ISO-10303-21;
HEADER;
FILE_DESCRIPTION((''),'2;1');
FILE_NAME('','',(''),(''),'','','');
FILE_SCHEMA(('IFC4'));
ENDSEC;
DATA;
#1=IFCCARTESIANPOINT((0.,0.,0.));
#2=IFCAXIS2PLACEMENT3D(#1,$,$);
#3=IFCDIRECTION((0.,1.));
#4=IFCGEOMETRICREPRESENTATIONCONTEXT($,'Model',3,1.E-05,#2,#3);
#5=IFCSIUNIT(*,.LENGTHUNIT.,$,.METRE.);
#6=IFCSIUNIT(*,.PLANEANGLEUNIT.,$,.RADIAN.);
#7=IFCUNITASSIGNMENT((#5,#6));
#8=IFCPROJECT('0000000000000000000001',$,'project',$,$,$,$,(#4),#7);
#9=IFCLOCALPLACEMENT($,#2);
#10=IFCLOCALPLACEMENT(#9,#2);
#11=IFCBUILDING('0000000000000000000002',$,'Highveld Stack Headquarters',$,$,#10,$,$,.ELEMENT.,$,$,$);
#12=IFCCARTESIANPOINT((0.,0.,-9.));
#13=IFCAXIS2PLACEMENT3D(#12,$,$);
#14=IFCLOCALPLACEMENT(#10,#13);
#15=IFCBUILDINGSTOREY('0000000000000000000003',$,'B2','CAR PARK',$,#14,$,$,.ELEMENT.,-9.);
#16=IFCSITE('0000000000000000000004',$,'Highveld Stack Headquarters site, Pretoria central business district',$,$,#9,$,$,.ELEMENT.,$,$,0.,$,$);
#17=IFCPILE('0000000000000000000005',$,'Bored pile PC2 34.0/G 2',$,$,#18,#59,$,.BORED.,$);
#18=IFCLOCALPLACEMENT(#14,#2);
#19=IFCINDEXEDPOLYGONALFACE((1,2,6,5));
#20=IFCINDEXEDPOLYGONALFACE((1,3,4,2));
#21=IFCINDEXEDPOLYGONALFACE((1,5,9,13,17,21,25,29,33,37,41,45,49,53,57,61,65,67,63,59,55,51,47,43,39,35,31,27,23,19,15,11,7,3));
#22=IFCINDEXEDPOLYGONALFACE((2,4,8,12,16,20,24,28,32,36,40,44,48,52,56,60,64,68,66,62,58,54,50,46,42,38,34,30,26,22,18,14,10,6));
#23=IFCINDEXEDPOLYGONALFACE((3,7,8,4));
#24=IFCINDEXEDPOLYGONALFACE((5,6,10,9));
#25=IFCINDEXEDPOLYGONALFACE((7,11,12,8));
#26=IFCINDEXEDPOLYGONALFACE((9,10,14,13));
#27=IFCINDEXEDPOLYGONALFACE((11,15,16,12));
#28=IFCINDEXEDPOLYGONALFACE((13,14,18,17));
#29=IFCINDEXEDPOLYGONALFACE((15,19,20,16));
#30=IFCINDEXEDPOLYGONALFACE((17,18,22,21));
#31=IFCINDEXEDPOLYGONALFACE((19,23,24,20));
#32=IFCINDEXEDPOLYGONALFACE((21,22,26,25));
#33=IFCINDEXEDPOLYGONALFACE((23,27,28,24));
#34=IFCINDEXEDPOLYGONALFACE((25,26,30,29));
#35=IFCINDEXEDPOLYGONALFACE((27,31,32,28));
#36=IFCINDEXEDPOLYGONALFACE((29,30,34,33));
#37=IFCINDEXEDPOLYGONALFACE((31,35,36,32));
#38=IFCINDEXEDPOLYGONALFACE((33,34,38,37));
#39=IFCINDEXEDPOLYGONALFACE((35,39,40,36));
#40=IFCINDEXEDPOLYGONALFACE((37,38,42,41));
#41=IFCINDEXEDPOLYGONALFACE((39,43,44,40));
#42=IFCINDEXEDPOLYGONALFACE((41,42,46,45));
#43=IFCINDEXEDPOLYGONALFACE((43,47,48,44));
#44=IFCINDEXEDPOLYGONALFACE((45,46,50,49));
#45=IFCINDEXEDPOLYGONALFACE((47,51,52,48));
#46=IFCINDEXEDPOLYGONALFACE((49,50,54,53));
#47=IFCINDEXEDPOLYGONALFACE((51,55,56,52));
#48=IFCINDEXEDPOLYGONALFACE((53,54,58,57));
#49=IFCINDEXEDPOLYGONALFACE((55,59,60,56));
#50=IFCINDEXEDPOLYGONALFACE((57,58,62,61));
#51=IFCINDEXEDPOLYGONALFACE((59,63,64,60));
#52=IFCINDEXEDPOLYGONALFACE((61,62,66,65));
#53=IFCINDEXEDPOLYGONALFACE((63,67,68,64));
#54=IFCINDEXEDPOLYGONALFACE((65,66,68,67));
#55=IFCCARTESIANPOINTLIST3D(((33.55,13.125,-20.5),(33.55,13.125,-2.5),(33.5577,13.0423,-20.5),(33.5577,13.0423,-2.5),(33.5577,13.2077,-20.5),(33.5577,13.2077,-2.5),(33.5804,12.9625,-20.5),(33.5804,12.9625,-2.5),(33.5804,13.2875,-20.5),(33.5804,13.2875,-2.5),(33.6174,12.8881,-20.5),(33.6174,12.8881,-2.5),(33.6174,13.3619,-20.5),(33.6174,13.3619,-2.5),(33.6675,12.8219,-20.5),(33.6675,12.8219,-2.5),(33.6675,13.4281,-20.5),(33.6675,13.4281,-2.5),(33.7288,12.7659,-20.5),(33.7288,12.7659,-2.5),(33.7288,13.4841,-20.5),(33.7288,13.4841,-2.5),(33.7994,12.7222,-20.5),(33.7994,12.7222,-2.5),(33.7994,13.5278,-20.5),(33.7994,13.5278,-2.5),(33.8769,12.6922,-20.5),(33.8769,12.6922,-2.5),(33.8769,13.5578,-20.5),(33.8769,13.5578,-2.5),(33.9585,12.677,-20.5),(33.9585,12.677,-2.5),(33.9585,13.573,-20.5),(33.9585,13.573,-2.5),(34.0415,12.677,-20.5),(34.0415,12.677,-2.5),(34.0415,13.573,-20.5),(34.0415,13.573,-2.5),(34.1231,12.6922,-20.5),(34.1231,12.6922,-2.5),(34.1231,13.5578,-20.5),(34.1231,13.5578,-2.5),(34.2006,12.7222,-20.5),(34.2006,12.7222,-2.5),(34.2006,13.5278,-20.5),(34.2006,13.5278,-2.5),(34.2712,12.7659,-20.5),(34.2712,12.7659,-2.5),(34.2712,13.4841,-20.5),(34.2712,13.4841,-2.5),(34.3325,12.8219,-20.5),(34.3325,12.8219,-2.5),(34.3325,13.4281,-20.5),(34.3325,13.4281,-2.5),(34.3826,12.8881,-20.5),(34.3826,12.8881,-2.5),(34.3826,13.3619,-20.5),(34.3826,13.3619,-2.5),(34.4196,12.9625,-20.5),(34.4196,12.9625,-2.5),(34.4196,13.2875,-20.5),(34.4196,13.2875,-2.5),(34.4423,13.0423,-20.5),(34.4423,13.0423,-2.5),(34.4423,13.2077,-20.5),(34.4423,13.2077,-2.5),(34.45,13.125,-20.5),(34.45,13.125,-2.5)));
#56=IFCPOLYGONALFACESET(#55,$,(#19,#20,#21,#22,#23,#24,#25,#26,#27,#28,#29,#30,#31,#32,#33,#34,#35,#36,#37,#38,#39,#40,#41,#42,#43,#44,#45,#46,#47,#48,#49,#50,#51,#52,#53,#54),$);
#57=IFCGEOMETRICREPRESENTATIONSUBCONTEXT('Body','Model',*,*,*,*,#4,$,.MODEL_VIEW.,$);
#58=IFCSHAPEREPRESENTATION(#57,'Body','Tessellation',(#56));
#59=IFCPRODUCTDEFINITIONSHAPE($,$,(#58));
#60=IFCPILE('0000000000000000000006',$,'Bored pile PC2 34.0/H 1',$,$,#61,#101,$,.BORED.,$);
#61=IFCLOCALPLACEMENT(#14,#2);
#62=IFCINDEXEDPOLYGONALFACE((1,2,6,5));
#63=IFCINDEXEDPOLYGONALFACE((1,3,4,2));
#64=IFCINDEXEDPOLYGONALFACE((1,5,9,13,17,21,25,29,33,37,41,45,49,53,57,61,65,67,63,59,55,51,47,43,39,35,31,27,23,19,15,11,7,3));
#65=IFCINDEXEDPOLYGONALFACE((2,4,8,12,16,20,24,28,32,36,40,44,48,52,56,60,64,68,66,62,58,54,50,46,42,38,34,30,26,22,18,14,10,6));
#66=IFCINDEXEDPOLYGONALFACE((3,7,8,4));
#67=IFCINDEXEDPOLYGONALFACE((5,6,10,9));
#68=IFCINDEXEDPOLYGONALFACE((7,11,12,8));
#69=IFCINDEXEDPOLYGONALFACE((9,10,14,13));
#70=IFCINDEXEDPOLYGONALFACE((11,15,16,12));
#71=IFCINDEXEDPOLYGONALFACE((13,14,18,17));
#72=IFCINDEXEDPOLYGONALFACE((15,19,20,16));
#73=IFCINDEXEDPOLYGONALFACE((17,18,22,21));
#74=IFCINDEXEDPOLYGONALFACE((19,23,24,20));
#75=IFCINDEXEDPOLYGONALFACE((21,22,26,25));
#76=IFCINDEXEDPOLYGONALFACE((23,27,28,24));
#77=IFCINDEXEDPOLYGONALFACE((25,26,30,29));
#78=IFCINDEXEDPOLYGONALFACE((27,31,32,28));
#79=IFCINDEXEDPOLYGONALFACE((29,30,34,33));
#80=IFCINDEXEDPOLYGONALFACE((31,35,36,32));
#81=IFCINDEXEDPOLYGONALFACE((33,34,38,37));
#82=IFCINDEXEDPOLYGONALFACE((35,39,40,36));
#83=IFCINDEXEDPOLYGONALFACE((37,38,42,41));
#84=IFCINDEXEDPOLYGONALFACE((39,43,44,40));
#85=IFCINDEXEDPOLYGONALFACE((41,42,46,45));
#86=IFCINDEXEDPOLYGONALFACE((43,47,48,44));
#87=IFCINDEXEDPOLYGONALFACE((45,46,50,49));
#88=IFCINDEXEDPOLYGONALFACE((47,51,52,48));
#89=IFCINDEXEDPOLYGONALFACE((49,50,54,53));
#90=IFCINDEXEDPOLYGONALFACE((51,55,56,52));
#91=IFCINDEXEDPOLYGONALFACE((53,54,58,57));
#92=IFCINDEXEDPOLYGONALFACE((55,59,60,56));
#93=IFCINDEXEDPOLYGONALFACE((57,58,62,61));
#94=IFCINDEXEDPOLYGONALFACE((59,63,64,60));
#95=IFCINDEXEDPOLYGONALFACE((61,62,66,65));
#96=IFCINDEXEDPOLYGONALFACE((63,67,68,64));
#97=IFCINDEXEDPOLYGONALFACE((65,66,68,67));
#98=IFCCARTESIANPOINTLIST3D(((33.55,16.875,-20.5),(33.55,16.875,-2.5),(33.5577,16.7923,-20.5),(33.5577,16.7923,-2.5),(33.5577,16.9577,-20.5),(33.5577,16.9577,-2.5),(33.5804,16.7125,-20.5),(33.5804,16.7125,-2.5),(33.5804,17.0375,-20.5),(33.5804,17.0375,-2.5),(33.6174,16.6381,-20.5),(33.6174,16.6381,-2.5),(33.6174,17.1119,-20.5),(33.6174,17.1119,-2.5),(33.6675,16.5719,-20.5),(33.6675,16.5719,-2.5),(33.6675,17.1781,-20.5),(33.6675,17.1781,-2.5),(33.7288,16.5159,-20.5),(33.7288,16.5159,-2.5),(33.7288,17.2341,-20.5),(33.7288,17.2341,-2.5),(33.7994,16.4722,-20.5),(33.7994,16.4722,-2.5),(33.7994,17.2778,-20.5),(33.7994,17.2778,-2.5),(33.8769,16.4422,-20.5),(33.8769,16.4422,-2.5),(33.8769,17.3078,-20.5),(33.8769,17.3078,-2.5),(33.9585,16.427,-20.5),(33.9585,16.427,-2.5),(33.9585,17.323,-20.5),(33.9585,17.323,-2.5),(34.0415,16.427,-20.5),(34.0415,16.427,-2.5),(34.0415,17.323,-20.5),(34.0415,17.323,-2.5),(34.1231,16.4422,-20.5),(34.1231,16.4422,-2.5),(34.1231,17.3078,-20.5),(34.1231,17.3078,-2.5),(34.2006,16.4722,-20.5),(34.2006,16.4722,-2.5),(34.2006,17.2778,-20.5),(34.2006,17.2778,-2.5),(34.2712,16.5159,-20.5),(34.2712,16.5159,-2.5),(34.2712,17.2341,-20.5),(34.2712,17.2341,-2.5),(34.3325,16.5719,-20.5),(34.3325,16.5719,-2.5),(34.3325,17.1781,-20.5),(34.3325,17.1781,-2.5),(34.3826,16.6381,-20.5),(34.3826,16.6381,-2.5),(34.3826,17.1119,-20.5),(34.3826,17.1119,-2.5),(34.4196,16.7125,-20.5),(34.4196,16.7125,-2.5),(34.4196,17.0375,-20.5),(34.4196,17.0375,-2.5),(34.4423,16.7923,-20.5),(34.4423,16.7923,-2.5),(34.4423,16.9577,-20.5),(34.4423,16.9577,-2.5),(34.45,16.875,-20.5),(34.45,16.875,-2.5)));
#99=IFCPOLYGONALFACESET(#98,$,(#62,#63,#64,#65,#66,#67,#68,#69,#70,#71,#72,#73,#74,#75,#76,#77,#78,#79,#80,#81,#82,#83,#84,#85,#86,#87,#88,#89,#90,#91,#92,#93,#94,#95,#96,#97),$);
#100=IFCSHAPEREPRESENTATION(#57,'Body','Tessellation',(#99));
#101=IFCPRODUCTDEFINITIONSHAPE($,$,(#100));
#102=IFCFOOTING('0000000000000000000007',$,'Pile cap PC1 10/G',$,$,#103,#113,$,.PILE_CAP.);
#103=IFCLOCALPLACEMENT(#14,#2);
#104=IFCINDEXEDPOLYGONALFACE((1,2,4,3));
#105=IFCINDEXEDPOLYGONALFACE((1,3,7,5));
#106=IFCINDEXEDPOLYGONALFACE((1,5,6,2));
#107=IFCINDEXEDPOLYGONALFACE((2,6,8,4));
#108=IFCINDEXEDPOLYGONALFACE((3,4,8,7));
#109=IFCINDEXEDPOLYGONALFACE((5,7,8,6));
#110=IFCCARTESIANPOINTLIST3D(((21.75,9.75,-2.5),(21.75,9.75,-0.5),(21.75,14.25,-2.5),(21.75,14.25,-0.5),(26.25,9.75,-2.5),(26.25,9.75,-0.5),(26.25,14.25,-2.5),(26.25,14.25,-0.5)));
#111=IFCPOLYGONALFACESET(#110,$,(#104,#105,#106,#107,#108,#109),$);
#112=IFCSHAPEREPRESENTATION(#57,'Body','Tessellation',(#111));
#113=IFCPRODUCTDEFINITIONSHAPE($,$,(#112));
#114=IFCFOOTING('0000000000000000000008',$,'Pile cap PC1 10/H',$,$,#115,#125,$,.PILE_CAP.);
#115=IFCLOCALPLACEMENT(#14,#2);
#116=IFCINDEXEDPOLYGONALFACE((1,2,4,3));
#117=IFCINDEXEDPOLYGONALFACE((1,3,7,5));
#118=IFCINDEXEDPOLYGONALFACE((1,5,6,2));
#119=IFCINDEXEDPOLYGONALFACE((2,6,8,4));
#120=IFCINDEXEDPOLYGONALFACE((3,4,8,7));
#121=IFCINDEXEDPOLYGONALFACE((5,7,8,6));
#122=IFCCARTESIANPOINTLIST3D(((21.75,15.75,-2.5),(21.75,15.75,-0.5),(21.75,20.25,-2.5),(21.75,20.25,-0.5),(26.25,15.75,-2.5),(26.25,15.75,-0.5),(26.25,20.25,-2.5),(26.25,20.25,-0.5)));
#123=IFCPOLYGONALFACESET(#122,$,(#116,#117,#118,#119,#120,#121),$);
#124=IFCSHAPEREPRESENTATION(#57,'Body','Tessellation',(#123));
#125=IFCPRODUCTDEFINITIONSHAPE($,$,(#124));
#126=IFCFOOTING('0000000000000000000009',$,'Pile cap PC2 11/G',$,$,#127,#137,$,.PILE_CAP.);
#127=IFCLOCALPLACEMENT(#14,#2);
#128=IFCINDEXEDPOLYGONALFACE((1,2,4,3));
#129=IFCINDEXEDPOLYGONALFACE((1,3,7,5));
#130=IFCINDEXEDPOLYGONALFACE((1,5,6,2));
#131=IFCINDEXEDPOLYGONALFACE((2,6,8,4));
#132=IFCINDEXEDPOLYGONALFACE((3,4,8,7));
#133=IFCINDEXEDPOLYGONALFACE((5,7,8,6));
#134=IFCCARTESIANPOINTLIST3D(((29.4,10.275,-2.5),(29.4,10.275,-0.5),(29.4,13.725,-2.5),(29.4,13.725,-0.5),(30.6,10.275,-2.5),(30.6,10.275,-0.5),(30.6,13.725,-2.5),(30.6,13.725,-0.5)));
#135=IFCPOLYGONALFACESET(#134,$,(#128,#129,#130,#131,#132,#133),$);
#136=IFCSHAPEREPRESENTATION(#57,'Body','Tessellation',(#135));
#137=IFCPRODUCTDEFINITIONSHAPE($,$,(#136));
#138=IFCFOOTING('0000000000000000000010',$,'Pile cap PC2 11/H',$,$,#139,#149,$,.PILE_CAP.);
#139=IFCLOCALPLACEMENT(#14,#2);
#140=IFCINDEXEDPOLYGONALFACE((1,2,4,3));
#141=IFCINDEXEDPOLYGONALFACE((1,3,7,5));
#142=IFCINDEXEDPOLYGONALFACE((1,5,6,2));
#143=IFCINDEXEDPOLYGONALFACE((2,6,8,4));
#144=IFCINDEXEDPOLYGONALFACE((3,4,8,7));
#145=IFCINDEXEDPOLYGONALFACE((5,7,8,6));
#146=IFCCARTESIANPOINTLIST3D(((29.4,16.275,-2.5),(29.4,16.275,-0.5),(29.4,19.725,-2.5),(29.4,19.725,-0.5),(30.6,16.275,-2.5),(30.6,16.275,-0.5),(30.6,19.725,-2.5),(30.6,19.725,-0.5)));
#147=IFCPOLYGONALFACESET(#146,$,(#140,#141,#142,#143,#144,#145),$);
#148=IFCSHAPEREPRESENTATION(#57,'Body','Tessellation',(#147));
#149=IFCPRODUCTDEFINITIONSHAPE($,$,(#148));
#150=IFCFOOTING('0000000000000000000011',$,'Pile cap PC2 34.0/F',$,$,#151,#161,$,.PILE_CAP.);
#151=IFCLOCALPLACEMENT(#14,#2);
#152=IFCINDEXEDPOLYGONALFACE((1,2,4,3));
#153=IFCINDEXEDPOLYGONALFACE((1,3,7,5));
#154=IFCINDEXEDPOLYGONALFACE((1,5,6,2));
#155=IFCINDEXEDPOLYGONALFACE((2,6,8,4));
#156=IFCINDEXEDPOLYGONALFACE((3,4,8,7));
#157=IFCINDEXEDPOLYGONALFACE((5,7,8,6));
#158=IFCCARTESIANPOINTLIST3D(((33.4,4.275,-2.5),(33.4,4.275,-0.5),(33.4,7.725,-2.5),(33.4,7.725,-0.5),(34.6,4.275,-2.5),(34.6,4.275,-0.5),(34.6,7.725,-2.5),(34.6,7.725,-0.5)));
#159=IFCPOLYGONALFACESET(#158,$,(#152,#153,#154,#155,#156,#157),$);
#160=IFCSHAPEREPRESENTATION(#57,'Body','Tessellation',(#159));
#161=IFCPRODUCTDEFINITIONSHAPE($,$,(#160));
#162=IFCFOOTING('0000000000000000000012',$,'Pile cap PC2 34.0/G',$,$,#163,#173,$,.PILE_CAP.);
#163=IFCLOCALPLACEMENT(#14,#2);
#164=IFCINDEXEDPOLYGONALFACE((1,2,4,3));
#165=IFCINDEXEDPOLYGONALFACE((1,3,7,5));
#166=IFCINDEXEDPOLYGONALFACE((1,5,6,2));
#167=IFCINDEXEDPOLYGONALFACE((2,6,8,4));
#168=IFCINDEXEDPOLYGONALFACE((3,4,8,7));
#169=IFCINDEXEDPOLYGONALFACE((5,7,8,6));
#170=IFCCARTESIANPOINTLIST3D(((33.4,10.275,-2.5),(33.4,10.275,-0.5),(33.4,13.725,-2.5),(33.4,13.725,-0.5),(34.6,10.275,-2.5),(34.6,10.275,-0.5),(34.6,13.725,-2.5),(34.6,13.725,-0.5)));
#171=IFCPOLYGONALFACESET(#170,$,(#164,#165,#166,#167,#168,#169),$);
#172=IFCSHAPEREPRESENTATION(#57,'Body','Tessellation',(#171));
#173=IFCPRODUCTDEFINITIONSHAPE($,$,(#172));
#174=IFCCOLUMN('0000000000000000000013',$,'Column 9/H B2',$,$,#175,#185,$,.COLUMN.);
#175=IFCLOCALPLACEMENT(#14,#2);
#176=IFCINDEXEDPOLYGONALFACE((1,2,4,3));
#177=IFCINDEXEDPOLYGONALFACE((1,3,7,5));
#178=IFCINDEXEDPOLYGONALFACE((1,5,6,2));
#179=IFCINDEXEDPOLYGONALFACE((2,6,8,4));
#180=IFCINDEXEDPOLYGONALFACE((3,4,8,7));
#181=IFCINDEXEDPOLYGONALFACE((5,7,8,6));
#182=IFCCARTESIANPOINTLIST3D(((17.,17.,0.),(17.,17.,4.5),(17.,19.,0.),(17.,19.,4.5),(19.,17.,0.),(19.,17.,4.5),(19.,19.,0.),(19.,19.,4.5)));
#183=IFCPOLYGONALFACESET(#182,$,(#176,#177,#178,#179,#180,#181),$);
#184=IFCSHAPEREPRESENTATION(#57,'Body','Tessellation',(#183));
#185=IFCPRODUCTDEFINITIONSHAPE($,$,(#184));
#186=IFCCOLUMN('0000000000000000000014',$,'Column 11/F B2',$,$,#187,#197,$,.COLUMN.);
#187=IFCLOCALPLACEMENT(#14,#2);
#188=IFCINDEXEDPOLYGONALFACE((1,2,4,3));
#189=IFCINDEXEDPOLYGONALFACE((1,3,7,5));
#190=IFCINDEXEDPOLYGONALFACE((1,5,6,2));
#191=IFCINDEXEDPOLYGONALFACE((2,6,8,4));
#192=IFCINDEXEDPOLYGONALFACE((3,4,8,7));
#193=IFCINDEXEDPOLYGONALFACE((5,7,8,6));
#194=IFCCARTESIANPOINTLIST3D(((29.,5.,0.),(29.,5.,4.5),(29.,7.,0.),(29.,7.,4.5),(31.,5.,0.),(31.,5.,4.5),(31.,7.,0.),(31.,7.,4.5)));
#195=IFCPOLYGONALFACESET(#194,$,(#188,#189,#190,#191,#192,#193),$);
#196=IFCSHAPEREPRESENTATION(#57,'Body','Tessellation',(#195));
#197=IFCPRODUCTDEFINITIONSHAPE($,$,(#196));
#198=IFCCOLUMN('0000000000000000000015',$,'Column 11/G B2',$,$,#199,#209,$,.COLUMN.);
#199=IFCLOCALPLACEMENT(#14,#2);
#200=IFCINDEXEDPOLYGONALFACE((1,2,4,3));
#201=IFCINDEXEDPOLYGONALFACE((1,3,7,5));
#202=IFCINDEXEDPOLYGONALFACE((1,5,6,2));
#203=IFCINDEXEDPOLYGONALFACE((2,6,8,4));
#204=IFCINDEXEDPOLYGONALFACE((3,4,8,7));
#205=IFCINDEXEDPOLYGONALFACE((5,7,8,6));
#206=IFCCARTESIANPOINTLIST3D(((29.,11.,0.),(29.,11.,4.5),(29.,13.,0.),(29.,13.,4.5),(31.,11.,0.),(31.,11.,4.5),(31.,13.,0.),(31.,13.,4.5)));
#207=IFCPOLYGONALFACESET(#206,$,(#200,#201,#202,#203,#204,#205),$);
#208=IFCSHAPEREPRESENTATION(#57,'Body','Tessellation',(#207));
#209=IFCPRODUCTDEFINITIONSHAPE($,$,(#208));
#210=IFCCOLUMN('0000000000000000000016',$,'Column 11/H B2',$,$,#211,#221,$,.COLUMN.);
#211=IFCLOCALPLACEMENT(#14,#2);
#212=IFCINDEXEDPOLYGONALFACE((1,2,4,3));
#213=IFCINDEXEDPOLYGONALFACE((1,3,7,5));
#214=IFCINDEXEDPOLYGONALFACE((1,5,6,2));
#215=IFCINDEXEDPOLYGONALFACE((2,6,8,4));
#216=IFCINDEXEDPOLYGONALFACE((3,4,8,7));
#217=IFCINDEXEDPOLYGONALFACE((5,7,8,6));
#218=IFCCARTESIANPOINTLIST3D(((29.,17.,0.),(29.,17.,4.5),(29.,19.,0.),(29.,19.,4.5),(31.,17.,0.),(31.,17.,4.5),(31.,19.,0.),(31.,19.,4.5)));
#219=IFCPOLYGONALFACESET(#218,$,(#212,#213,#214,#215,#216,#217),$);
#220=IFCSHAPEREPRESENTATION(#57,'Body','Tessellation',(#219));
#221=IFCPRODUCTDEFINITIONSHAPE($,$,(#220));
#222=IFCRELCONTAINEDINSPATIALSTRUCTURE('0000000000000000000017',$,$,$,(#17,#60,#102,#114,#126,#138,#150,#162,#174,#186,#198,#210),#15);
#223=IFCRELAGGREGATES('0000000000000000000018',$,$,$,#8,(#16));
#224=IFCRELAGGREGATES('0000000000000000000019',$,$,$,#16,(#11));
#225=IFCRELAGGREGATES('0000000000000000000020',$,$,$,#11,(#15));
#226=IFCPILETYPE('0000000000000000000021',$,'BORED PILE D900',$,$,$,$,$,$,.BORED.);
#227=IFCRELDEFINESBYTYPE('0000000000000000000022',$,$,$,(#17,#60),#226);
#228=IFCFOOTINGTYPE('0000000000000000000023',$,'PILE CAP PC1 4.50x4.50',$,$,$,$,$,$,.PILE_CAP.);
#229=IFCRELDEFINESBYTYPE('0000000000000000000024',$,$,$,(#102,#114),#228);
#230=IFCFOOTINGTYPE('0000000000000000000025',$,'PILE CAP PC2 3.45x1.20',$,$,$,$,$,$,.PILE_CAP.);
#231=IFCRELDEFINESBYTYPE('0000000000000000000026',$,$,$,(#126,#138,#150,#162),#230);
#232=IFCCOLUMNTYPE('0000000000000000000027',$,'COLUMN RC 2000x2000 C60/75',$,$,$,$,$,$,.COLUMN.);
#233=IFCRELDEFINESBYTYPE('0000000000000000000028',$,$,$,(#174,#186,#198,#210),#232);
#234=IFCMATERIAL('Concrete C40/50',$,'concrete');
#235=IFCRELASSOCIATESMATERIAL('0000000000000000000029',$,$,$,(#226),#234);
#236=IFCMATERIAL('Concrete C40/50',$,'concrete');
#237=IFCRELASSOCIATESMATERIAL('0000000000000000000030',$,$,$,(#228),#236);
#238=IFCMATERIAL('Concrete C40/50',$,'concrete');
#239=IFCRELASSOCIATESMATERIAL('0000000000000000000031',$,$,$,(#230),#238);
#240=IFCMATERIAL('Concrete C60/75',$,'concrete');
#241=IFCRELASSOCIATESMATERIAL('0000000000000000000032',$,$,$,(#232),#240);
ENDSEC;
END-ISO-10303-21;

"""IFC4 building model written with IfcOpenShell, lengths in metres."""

from ifc_helpers import new_model, si_unit, direction, frame, origin, origin_2d, place, context, subcontext, project, spatial, rectangle, circle, extrude, material, material_profile, profile_set, type_object, element, save


model = new_model("IFC4")

# Units and contexts
model_context = context("Model", 3, precision=1e-05, world=origin(), true_north=direction((0.0, 1.0)))
body_context = subcontext(model_context, "Body", "Model", "MODEL_VIEW")
ifc_project = project(units=[si_unit("LENGTHUNIT", "METRE"), si_unit("PLANEANGLEUNIT", "RADIAN")], contexts=[model_context])

# Site, building, storey
site_placement = place(None, origin())
site = spatial("IfcSite", under=ifc_project, at=site_placement, Name="Highveld Stack Headquarters site, Pretoria central business district", CompositionType="ELEMENT", RefElevation=0.0)
building_placement = place(site_placement, origin())
building = spatial("IfcBuilding", under=site, at=building_placement, Name="Highveld Stack Headquarters", CompositionType="ELEMENT")
storey_placement = place(building_placement, frame((0.0, 0.0, -9.0)))
storey = spatial("IfcBuildingStorey", under=building, at=storey_placement, Name="B2", Description="CAR PARK", CompositionType="ELEMENT", Elevation=-9.0)

# Piles
ifc_material_1 = material(Name="Concrete C40/50", Category="concrete")
pile_type_1 = type_object("IfcPileType", Name="BORED PILE D900", PredefinedType="BORED", material=ifc_material_1)
for number, where, z_axis, x_axis, name in (
    (1, (34.0, 13.125, -2.5), (0.0, 0.0, -1.0), (1.0, 0.0, 0.0), "Bored pile PC2 34.0/G 2"),
    (2, (34.0, 16.875, -2.5), (0.0, 0.0, -1.0), (1.0, 0.0, 0.0), "Bored pile PC2 34.0/H 1"),
):
    element("IfcPile", number, at=place(storey_placement, frame(where, z_axis=z_axis, x_axis=x_axis)), inside=storey, type_object=pile_type_1, Name=name, PredefinedType="BORED", context=body_context, shape_type="SweptSolid", body=[
        extrude(circle(Radius=0.45, at=origin_2d()), origin(), (0.0, 0.0, 1.0), 18.0),
    ])

# Footings
ifc_material_2 = material(Name="Concrete C40/50", Category="concrete")
footing_type_1 = type_object("IfcFootingType", Name="PILE CAP PC1 4.50x4.50", PredefinedType="PILE_CAP", material=ifc_material_2)
for number, where, z_axis, x_axis, name in (
    (3, (24.0, 12.0, -2.5), (0.0, 0.0, 1.0), (1.0, 0.0, 0.0), "Pile cap PC1 10/G"),
    (4, (24.0, 18.0, -2.5), (0.0, 0.0, 1.0), (1.0, 0.0, 0.0), "Pile cap PC1 10/H"),
):
    element("IfcFooting", number, at=place(storey_placement, frame(where, z_axis=z_axis, x_axis=x_axis)), inside=storey, type_object=footing_type_1, Name=name, PredefinedType="PILE_CAP", context=body_context, shape_type="SweptSolid", body=[
        extrude(rectangle(XDim=4.5, YDim=4.5, at=origin_2d()), origin(), (0.0, 0.0, 1.0), 2.0),
    ])
ifc_material_3 = material(Name="Concrete C40/50", Category="concrete")
footing_type_2 = type_object("IfcFootingType", Name="PILE CAP PC2 3.45x1.20", PredefinedType="PILE_CAP", material=ifc_material_3)
for number, where, z_axis, x_axis, name in (
    (5, (30.0, 12.0, -2.5), (0.0, 0.0, 1.0), (0.0, 1.0, 0.0), "Pile cap PC2 11/G"),
    (6, (30.0, 18.0, -2.5), (0.0, 0.0, 1.0), (0.0, 1.0, 0.0), "Pile cap PC2 11/H"),
    (7, (34.0, 6.0, -2.5), (0.0, 0.0, 1.0), (0.0, 1.0, 0.0), "Pile cap PC2 34.0/F"),
    (8, (34.0, 12.0, -2.5), (0.0, 0.0, 1.0), (0.0, 1.0, 0.0), "Pile cap PC2 34.0/G"),
):
    element("IfcFooting", number, at=place(storey_placement, frame(where, z_axis=z_axis, x_axis=x_axis)), inside=storey, type_object=footing_type_2, Name=name, PredefinedType="PILE_CAP", context=body_context, shape_type="SweptSolid", body=[
        extrude(rectangle(XDim=3.45, YDim=1.2, at=origin_2d()), origin(), (0.0, 0.0, 1.0), 2.0),
    ])

# Columns
ifc_material_4 = material(Name="Concrete C60/75", Category="concrete")
ifc_material_profile_1 = material_profile(ifc_material_4, rectangle(XDim=2.0, YDim=2.0, at=origin_2d()), Name="RC 2000x2000")
ifc_profile_set_1 = profile_set([ifc_material_profile_1], Name="Concrete C60/75")
column_type_1 = type_object("IfcColumnType", Name="COLUMN RC 2000x2000 C60/75", PredefinedType="COLUMN", material=ifc_profile_set_1)
for number, where, z_axis, x_axis, name in (
    (9, (18.0, 18.0, 0.0), (0.0, 0.0, 1.0), (1.0, 0.0, 0.0), "Column 9/H B2"),
    (10, (30.0, 6.0, 0.0), (0.0, 0.0, 1.0), (1.0, 0.0, 0.0), "Column 11/F B2"),
    (11, (30.0, 12.0, 0.0), (0.0, 0.0, 1.0), (1.0, 0.0, 0.0), "Column 11/G B2"),
    (12, (30.0, 18.0, 0.0), (0.0, 0.0, 1.0), (1.0, 0.0, 0.0), "Column 11/H B2"),
):
    element("IfcColumn", number, at=place(storey_placement, frame(where, z_axis=z_axis, x_axis=x_axis)), inside=storey, type_object=column_type_1, Name=name, PredefinedType="COLUMN", context=body_context, shape_type="SweptSolid", body=[
        extrude(rectangle(XDim=2.0, YDim=2.0, at=origin_2d()), origin(), (0.0, 0.0, 1.0), 4.5),
    ])

save(model, "model.ifc")
